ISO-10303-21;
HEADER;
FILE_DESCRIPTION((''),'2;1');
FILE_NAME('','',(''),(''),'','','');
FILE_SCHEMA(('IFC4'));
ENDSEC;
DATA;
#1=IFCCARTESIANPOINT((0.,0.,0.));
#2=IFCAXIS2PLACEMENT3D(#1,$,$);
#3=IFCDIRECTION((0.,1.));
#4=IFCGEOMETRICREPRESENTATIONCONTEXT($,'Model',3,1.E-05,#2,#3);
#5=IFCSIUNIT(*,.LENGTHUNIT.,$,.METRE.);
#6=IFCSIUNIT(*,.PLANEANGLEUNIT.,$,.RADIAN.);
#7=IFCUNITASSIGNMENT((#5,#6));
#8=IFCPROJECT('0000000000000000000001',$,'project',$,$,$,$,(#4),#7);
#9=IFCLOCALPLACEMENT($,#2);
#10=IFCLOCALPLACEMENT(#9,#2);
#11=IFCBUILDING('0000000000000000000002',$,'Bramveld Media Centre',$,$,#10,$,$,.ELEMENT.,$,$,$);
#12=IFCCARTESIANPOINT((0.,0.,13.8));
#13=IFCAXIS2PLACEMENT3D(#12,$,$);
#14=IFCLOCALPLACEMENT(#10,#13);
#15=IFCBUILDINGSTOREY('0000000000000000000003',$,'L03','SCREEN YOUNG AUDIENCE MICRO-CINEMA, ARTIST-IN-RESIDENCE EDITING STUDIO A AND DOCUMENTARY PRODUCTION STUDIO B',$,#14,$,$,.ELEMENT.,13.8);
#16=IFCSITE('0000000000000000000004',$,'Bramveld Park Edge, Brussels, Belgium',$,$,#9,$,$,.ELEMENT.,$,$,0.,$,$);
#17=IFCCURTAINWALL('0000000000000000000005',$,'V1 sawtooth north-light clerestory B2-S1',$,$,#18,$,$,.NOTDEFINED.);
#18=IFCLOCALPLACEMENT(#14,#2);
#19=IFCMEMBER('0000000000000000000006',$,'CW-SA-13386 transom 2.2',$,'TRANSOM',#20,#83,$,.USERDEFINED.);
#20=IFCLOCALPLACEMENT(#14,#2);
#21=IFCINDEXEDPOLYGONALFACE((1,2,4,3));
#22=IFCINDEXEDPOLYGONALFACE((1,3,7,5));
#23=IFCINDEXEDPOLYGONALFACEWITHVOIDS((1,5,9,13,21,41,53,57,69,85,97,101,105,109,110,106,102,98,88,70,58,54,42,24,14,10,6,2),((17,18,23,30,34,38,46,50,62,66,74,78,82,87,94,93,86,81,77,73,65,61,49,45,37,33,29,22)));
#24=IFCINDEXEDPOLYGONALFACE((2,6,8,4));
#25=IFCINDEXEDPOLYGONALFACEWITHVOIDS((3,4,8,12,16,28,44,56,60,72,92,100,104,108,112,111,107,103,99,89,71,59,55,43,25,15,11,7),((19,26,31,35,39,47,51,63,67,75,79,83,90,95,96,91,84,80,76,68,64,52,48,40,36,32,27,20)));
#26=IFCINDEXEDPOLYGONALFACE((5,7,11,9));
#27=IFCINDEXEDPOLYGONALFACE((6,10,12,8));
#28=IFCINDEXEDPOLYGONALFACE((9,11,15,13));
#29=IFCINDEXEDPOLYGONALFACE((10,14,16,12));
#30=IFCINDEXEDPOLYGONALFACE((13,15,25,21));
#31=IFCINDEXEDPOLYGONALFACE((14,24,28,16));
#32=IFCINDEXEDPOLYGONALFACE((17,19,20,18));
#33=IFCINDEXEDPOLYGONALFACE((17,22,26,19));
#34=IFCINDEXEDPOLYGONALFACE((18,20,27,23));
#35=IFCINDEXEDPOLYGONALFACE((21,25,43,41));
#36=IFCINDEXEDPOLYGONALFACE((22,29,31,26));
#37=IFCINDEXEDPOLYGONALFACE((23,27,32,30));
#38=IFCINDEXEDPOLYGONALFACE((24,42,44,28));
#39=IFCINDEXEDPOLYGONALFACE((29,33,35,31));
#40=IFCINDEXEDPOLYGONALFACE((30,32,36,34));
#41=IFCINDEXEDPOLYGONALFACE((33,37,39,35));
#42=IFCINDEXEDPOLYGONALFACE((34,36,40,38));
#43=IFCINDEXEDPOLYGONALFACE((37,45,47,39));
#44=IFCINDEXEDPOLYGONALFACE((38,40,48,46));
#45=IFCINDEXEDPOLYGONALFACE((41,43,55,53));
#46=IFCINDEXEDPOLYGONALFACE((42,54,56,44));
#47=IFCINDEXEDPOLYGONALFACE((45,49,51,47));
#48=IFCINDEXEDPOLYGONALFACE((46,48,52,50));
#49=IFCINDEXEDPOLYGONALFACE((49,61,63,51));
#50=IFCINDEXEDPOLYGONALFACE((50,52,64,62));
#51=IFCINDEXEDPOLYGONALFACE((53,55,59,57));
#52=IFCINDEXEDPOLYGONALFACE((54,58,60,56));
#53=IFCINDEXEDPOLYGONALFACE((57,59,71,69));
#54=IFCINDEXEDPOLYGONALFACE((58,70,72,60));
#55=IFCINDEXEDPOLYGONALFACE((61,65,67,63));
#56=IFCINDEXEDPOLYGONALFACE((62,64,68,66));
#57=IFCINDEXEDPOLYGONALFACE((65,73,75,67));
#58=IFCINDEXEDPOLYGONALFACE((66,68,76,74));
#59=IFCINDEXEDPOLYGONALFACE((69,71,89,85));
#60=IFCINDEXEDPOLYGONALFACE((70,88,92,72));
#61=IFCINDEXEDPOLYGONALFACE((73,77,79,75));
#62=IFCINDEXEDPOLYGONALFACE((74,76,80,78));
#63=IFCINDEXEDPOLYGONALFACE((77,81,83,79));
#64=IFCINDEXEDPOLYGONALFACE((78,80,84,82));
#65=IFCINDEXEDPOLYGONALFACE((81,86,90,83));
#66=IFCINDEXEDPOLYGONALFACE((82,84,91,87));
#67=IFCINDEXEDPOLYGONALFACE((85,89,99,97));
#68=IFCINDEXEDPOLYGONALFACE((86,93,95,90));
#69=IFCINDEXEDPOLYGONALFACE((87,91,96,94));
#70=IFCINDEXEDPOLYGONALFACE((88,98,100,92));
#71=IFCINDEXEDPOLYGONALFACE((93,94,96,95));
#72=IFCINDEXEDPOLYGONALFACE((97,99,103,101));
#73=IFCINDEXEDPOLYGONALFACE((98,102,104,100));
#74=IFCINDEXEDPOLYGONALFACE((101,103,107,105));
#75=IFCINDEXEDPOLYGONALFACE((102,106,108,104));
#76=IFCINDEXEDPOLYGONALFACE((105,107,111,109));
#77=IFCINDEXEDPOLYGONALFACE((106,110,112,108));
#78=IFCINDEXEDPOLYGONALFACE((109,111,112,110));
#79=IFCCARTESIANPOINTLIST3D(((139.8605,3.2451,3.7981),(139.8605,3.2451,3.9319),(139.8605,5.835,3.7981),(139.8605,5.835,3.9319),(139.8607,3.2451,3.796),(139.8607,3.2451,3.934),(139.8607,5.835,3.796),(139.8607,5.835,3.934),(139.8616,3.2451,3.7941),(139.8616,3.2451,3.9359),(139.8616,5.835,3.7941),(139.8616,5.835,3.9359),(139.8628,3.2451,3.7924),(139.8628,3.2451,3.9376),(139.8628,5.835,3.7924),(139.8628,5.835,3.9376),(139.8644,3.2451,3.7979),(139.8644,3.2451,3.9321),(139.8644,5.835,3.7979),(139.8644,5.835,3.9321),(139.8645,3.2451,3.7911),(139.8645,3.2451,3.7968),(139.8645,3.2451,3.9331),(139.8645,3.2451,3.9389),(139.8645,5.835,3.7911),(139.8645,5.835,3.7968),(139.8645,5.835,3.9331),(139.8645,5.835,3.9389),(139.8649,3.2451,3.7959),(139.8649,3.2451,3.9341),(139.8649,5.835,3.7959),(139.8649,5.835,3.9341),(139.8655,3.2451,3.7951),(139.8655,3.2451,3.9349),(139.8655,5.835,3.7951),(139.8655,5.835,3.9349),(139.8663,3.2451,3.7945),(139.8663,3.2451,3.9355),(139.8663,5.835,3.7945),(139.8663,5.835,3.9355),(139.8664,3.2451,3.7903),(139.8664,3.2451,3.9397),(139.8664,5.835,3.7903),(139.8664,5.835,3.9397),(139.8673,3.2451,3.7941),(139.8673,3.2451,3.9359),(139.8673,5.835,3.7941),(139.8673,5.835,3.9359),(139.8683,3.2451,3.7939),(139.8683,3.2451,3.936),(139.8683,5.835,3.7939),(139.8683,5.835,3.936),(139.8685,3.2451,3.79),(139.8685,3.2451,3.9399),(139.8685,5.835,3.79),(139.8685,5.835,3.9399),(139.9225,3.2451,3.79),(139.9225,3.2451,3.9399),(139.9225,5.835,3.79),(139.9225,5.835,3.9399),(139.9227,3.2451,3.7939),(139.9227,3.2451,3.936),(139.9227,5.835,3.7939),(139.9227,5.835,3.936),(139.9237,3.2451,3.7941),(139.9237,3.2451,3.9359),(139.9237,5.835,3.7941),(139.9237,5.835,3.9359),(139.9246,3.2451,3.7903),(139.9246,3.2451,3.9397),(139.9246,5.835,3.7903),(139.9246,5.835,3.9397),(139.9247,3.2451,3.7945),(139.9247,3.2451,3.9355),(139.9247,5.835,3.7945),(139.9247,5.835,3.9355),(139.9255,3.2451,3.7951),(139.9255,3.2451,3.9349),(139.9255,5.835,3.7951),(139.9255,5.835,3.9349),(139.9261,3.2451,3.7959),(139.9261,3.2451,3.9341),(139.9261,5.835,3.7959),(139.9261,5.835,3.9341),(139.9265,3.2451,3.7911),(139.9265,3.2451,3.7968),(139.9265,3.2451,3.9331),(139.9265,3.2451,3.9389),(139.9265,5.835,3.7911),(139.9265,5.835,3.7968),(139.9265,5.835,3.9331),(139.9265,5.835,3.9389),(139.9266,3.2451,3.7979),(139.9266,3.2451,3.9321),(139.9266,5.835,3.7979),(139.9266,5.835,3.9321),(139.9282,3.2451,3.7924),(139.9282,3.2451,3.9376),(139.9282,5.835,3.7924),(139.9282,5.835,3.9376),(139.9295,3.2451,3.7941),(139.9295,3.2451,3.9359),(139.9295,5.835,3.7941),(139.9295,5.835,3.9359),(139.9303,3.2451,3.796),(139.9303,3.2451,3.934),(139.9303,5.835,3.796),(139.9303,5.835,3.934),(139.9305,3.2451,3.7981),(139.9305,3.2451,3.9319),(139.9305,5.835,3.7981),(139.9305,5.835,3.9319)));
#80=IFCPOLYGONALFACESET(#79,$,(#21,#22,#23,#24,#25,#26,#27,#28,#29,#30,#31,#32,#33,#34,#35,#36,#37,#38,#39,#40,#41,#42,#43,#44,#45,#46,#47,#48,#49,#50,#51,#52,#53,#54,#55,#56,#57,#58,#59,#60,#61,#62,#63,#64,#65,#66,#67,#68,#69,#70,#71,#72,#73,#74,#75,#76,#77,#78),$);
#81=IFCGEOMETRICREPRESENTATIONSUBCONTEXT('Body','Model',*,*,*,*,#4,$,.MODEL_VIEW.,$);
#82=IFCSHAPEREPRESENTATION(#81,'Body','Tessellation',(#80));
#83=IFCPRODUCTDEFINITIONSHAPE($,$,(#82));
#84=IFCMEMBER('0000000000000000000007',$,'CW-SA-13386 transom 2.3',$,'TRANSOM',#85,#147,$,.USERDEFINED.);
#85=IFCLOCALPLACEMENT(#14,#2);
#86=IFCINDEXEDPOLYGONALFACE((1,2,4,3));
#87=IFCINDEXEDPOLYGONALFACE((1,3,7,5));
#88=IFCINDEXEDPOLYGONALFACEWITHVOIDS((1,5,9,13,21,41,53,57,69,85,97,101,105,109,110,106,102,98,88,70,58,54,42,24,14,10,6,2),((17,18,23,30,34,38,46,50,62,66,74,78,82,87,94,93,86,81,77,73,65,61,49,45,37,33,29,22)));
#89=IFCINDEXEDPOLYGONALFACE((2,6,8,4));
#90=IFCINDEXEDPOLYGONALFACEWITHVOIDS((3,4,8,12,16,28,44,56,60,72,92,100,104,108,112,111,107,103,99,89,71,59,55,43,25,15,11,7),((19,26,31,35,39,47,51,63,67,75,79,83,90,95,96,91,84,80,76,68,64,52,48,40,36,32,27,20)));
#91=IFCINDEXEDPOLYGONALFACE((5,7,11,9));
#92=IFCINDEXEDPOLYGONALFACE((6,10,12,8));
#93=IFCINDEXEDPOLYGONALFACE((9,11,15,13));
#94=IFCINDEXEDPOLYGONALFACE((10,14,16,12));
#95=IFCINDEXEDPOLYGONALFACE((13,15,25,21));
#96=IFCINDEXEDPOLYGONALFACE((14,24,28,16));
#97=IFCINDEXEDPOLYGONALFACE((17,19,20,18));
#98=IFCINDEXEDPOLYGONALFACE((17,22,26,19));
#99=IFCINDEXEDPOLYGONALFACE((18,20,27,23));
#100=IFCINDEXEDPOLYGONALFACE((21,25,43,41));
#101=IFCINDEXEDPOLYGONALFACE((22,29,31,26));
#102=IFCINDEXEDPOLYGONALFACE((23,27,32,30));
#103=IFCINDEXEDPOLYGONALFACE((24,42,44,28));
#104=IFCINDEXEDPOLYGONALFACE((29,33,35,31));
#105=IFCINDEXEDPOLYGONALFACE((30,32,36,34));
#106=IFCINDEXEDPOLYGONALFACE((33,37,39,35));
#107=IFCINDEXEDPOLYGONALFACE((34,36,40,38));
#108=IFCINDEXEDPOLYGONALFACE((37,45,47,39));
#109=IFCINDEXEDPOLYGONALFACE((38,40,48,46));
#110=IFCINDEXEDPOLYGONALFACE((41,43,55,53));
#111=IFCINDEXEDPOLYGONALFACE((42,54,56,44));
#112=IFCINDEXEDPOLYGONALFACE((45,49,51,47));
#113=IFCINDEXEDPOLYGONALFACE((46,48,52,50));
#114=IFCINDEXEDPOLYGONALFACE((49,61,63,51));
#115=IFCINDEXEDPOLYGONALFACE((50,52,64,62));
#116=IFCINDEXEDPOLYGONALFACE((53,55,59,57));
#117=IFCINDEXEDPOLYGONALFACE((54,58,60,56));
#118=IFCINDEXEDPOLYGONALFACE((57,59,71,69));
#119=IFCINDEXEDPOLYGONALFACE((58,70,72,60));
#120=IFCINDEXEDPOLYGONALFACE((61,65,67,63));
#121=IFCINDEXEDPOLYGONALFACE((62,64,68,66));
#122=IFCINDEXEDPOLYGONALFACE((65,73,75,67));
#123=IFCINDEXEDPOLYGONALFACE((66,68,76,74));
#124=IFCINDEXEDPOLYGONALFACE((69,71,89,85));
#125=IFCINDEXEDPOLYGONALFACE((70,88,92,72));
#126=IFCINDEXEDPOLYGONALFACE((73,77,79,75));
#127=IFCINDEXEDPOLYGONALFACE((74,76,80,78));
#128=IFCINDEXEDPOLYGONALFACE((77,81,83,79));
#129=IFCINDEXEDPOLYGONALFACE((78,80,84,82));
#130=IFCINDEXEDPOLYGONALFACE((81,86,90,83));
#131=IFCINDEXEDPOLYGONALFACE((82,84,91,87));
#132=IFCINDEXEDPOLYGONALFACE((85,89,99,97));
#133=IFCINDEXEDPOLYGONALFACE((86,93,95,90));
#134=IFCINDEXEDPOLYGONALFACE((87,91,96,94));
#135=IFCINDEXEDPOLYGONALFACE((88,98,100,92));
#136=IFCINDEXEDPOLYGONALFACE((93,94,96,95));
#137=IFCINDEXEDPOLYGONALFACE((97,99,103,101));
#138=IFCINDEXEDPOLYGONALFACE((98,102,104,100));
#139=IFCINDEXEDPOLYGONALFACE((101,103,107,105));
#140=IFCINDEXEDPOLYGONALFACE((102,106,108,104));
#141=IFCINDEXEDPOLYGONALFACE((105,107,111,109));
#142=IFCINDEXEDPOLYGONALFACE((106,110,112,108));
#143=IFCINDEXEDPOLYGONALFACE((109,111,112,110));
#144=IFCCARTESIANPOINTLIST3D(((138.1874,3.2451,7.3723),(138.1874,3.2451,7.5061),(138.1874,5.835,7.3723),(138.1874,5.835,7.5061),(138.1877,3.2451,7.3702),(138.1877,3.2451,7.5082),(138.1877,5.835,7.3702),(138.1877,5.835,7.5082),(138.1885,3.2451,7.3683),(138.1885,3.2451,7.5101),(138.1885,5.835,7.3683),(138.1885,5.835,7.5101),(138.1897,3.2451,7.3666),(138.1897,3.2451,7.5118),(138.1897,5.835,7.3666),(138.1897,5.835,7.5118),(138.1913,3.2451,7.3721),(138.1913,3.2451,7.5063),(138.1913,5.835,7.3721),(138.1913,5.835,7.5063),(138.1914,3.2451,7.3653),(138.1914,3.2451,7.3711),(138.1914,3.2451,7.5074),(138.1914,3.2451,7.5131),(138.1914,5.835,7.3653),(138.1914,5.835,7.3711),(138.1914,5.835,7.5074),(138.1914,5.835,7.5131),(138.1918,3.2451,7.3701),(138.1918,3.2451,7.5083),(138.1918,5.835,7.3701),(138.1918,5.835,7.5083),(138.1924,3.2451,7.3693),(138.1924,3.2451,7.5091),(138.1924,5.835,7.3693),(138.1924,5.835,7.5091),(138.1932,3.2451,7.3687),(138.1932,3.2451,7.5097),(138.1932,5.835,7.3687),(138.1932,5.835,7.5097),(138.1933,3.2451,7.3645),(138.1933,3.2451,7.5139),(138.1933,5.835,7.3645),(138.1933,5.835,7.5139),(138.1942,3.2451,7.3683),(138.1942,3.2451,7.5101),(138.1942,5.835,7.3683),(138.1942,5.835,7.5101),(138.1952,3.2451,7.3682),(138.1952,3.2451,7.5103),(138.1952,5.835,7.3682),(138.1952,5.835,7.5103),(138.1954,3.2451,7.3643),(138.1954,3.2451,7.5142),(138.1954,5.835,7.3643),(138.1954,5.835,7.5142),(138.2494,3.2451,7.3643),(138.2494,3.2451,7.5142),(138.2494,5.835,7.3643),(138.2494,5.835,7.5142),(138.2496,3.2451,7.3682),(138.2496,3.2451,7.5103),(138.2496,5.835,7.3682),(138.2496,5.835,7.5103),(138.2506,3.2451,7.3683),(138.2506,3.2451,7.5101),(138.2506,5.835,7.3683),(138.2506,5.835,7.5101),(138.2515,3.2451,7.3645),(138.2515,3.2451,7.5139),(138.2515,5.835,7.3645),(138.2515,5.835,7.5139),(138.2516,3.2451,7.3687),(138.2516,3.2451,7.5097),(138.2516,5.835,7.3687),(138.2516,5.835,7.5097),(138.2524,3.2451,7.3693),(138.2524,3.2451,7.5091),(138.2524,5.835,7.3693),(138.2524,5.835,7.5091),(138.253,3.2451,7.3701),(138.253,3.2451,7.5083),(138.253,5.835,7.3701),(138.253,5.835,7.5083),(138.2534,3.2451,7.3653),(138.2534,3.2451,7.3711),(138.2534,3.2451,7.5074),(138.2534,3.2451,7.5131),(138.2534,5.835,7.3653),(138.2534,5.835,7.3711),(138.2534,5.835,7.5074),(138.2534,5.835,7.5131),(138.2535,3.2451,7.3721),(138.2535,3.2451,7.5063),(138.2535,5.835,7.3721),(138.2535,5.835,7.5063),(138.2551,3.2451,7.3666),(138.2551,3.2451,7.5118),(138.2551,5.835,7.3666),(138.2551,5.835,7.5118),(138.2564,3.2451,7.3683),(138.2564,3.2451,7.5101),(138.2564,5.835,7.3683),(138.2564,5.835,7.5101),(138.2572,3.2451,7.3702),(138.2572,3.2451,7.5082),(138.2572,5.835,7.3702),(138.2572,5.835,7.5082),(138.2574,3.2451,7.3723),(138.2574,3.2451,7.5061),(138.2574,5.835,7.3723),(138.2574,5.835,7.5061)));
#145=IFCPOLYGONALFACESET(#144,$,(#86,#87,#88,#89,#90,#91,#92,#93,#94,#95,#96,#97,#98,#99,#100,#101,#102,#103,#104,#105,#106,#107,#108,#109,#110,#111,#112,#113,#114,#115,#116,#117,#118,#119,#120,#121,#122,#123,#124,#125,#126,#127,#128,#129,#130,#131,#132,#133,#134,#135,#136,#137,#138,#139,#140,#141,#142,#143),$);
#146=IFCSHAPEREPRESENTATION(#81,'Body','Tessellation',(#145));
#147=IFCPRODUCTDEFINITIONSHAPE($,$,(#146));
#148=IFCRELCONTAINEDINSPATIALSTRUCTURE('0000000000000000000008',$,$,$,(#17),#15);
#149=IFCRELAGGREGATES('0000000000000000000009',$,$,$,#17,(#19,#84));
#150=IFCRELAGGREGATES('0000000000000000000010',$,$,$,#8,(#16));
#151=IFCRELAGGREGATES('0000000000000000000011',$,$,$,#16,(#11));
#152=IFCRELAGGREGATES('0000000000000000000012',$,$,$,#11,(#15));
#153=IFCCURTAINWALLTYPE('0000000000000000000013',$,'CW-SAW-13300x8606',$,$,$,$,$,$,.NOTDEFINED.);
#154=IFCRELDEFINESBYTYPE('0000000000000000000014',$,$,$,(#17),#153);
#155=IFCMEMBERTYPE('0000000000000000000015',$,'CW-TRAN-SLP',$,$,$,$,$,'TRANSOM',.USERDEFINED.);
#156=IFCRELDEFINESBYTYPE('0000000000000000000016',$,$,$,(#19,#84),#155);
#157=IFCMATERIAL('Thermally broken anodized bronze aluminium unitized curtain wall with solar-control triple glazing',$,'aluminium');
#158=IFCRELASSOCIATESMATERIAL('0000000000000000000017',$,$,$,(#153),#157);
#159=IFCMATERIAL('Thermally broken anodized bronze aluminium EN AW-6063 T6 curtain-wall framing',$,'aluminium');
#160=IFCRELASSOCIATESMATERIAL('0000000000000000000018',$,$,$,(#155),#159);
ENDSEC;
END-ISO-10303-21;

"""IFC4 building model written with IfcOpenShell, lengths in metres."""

from ifc_helpers import new_model, si_unit, direction, frame, origin, origin_2d, place, context, subcontext, project, spatial, hollow_rectangle, extrude, material, material_profile, profile_set, type_object, element, aggregate, save


model = new_model("IFC4")

# Units and contexts
model_context = context("Model", 3, precision=1e-05, world=origin(), true_north=direction((0.0, 1.0)))
body_context = subcontext(model_context, "Body", "Model", "MODEL_VIEW")
ifc_project = project(units=[si_unit("LENGTHUNIT", "METRE"), si_unit("PLANEANGLEUNIT", "RADIAN")], contexts=[model_context])

# Site, building, storey
site_placement = place(None, origin())
site = spatial("IfcSite", under=ifc_project, at=site_placement, Name="Bramveld Park Edge, Brussels, Belgium", CompositionType="ELEMENT", RefElevation=0.0)
building_placement = place(site_placement, origin())
building = spatial("IfcBuilding", under=site, at=building_placement, Name="Bramveld Media Centre", CompositionType="ELEMENT")
storey_placement = place(building_placement, frame((0.0, 0.0, 13.8)))
storey = spatial("IfcBuildingStorey", under=building, at=storey_placement, Name="L03", Description="SCREEN YOUNG AUDIENCE MICRO-CINEMA, ARTIST-IN-RESIDENCE EDITING STUDIO A AND DOCUMENTARY PRODUCTION STUDIO B", CompositionType="ELEMENT", Elevation=13.8)

# Curtain wall, members
ifc_material_1 = material(Name="Thermally broken anodized bronze aluminium unitized curtain wall with solar-control triple glazing", Category="aluminium")
curtain_wall_type = type_object("IfcCurtainWallType", Name="CW-SAW-13300x8606", PredefinedType="NOTDEFINED", material=ifc_material_1)
curtain_wall_1_placement = place(storey_placement, origin())
curtain_wall_1 = element("IfcCurtainWall", 1, at=curtain_wall_1_placement, inside=storey, type_object=curtain_wall_type, Name="V1 sawtooth north-light clerestory B2-S1", PredefinedType="NOTDEFINED")
ifc_material_2 = material(Name="Thermally broken anodized bronze aluminium EN AW-6063 T6 curtain-wall framing", Category="aluminium")
ifc_material_profile_1 = material_profile(ifc_material_2, hollow_rectangle(XDim=0.0701, YDim=0.1499, WallThickness=0.0039, InnerFilletRadius=0.0039, OuterFilletRadius=0.0081, at=origin_2d()), Name="AL-TRAN 70x150")
ifc_profile_set_1 = profile_set([ifc_material_profile_1], Name="Thermally broken anodized bronze aluminium EN AW-6063 T6 curtain-wall framing")
member_type_1 = type_object("IfcMemberType", Name="CW-TRAN-SLP", ElementType="TRANSOM", PredefinedType="USERDEFINED", material=ifc_profile_set_1)
member_1_placement = place(storey_placement, frame((139.8955, 3.2451, 3.865), z_axis=(0.0, 1.0, 0.0), x_axis=(-1.0, 0.0, 0.0)))
member_1 = element("IfcMember", 2, at=member_1_placement, type_object=member_type_1, Name="CW-SA-13386 transom 2.2", ObjectType="TRANSOM", PredefinedType="USERDEFINED", context=body_context, shape_type="SweptSolid", body=[
    extrude(hollow_rectangle(XDim=0.0701, YDim=0.1499, WallThickness=0.0039, InnerFilletRadius=0.0039, OuterFilletRadius=0.0081, at=origin_2d()), origin(), (0.0, 0.0, 1.0), 2.5898),
])
member_2_placement = place(storey_placement, frame((138.2224, 3.2451, 7.4392), z_axis=(0.0, 1.0, 0.0), x_axis=(-1.0, 0.0, 0.0)))
member_2 = element("IfcMember", 3, at=member_2_placement, type_object=member_type_1, Name="CW-SA-13386 transom 2.3", ObjectType="TRANSOM", PredefinedType="USERDEFINED", context=body_context, shape_type="SweptSolid", body=[
    extrude(hollow_rectangle(XDim=0.0701, YDim=0.1499, WallThickness=0.0039, InnerFilletRadius=0.0039, OuterFilletRadius=0.0081, at=origin_2d()), origin(), (0.0, 0.0, 1.0), 2.5898),
])

aggregate(curtain_wall_1, [member_1, member_2])

save(model, "model.ifc")
